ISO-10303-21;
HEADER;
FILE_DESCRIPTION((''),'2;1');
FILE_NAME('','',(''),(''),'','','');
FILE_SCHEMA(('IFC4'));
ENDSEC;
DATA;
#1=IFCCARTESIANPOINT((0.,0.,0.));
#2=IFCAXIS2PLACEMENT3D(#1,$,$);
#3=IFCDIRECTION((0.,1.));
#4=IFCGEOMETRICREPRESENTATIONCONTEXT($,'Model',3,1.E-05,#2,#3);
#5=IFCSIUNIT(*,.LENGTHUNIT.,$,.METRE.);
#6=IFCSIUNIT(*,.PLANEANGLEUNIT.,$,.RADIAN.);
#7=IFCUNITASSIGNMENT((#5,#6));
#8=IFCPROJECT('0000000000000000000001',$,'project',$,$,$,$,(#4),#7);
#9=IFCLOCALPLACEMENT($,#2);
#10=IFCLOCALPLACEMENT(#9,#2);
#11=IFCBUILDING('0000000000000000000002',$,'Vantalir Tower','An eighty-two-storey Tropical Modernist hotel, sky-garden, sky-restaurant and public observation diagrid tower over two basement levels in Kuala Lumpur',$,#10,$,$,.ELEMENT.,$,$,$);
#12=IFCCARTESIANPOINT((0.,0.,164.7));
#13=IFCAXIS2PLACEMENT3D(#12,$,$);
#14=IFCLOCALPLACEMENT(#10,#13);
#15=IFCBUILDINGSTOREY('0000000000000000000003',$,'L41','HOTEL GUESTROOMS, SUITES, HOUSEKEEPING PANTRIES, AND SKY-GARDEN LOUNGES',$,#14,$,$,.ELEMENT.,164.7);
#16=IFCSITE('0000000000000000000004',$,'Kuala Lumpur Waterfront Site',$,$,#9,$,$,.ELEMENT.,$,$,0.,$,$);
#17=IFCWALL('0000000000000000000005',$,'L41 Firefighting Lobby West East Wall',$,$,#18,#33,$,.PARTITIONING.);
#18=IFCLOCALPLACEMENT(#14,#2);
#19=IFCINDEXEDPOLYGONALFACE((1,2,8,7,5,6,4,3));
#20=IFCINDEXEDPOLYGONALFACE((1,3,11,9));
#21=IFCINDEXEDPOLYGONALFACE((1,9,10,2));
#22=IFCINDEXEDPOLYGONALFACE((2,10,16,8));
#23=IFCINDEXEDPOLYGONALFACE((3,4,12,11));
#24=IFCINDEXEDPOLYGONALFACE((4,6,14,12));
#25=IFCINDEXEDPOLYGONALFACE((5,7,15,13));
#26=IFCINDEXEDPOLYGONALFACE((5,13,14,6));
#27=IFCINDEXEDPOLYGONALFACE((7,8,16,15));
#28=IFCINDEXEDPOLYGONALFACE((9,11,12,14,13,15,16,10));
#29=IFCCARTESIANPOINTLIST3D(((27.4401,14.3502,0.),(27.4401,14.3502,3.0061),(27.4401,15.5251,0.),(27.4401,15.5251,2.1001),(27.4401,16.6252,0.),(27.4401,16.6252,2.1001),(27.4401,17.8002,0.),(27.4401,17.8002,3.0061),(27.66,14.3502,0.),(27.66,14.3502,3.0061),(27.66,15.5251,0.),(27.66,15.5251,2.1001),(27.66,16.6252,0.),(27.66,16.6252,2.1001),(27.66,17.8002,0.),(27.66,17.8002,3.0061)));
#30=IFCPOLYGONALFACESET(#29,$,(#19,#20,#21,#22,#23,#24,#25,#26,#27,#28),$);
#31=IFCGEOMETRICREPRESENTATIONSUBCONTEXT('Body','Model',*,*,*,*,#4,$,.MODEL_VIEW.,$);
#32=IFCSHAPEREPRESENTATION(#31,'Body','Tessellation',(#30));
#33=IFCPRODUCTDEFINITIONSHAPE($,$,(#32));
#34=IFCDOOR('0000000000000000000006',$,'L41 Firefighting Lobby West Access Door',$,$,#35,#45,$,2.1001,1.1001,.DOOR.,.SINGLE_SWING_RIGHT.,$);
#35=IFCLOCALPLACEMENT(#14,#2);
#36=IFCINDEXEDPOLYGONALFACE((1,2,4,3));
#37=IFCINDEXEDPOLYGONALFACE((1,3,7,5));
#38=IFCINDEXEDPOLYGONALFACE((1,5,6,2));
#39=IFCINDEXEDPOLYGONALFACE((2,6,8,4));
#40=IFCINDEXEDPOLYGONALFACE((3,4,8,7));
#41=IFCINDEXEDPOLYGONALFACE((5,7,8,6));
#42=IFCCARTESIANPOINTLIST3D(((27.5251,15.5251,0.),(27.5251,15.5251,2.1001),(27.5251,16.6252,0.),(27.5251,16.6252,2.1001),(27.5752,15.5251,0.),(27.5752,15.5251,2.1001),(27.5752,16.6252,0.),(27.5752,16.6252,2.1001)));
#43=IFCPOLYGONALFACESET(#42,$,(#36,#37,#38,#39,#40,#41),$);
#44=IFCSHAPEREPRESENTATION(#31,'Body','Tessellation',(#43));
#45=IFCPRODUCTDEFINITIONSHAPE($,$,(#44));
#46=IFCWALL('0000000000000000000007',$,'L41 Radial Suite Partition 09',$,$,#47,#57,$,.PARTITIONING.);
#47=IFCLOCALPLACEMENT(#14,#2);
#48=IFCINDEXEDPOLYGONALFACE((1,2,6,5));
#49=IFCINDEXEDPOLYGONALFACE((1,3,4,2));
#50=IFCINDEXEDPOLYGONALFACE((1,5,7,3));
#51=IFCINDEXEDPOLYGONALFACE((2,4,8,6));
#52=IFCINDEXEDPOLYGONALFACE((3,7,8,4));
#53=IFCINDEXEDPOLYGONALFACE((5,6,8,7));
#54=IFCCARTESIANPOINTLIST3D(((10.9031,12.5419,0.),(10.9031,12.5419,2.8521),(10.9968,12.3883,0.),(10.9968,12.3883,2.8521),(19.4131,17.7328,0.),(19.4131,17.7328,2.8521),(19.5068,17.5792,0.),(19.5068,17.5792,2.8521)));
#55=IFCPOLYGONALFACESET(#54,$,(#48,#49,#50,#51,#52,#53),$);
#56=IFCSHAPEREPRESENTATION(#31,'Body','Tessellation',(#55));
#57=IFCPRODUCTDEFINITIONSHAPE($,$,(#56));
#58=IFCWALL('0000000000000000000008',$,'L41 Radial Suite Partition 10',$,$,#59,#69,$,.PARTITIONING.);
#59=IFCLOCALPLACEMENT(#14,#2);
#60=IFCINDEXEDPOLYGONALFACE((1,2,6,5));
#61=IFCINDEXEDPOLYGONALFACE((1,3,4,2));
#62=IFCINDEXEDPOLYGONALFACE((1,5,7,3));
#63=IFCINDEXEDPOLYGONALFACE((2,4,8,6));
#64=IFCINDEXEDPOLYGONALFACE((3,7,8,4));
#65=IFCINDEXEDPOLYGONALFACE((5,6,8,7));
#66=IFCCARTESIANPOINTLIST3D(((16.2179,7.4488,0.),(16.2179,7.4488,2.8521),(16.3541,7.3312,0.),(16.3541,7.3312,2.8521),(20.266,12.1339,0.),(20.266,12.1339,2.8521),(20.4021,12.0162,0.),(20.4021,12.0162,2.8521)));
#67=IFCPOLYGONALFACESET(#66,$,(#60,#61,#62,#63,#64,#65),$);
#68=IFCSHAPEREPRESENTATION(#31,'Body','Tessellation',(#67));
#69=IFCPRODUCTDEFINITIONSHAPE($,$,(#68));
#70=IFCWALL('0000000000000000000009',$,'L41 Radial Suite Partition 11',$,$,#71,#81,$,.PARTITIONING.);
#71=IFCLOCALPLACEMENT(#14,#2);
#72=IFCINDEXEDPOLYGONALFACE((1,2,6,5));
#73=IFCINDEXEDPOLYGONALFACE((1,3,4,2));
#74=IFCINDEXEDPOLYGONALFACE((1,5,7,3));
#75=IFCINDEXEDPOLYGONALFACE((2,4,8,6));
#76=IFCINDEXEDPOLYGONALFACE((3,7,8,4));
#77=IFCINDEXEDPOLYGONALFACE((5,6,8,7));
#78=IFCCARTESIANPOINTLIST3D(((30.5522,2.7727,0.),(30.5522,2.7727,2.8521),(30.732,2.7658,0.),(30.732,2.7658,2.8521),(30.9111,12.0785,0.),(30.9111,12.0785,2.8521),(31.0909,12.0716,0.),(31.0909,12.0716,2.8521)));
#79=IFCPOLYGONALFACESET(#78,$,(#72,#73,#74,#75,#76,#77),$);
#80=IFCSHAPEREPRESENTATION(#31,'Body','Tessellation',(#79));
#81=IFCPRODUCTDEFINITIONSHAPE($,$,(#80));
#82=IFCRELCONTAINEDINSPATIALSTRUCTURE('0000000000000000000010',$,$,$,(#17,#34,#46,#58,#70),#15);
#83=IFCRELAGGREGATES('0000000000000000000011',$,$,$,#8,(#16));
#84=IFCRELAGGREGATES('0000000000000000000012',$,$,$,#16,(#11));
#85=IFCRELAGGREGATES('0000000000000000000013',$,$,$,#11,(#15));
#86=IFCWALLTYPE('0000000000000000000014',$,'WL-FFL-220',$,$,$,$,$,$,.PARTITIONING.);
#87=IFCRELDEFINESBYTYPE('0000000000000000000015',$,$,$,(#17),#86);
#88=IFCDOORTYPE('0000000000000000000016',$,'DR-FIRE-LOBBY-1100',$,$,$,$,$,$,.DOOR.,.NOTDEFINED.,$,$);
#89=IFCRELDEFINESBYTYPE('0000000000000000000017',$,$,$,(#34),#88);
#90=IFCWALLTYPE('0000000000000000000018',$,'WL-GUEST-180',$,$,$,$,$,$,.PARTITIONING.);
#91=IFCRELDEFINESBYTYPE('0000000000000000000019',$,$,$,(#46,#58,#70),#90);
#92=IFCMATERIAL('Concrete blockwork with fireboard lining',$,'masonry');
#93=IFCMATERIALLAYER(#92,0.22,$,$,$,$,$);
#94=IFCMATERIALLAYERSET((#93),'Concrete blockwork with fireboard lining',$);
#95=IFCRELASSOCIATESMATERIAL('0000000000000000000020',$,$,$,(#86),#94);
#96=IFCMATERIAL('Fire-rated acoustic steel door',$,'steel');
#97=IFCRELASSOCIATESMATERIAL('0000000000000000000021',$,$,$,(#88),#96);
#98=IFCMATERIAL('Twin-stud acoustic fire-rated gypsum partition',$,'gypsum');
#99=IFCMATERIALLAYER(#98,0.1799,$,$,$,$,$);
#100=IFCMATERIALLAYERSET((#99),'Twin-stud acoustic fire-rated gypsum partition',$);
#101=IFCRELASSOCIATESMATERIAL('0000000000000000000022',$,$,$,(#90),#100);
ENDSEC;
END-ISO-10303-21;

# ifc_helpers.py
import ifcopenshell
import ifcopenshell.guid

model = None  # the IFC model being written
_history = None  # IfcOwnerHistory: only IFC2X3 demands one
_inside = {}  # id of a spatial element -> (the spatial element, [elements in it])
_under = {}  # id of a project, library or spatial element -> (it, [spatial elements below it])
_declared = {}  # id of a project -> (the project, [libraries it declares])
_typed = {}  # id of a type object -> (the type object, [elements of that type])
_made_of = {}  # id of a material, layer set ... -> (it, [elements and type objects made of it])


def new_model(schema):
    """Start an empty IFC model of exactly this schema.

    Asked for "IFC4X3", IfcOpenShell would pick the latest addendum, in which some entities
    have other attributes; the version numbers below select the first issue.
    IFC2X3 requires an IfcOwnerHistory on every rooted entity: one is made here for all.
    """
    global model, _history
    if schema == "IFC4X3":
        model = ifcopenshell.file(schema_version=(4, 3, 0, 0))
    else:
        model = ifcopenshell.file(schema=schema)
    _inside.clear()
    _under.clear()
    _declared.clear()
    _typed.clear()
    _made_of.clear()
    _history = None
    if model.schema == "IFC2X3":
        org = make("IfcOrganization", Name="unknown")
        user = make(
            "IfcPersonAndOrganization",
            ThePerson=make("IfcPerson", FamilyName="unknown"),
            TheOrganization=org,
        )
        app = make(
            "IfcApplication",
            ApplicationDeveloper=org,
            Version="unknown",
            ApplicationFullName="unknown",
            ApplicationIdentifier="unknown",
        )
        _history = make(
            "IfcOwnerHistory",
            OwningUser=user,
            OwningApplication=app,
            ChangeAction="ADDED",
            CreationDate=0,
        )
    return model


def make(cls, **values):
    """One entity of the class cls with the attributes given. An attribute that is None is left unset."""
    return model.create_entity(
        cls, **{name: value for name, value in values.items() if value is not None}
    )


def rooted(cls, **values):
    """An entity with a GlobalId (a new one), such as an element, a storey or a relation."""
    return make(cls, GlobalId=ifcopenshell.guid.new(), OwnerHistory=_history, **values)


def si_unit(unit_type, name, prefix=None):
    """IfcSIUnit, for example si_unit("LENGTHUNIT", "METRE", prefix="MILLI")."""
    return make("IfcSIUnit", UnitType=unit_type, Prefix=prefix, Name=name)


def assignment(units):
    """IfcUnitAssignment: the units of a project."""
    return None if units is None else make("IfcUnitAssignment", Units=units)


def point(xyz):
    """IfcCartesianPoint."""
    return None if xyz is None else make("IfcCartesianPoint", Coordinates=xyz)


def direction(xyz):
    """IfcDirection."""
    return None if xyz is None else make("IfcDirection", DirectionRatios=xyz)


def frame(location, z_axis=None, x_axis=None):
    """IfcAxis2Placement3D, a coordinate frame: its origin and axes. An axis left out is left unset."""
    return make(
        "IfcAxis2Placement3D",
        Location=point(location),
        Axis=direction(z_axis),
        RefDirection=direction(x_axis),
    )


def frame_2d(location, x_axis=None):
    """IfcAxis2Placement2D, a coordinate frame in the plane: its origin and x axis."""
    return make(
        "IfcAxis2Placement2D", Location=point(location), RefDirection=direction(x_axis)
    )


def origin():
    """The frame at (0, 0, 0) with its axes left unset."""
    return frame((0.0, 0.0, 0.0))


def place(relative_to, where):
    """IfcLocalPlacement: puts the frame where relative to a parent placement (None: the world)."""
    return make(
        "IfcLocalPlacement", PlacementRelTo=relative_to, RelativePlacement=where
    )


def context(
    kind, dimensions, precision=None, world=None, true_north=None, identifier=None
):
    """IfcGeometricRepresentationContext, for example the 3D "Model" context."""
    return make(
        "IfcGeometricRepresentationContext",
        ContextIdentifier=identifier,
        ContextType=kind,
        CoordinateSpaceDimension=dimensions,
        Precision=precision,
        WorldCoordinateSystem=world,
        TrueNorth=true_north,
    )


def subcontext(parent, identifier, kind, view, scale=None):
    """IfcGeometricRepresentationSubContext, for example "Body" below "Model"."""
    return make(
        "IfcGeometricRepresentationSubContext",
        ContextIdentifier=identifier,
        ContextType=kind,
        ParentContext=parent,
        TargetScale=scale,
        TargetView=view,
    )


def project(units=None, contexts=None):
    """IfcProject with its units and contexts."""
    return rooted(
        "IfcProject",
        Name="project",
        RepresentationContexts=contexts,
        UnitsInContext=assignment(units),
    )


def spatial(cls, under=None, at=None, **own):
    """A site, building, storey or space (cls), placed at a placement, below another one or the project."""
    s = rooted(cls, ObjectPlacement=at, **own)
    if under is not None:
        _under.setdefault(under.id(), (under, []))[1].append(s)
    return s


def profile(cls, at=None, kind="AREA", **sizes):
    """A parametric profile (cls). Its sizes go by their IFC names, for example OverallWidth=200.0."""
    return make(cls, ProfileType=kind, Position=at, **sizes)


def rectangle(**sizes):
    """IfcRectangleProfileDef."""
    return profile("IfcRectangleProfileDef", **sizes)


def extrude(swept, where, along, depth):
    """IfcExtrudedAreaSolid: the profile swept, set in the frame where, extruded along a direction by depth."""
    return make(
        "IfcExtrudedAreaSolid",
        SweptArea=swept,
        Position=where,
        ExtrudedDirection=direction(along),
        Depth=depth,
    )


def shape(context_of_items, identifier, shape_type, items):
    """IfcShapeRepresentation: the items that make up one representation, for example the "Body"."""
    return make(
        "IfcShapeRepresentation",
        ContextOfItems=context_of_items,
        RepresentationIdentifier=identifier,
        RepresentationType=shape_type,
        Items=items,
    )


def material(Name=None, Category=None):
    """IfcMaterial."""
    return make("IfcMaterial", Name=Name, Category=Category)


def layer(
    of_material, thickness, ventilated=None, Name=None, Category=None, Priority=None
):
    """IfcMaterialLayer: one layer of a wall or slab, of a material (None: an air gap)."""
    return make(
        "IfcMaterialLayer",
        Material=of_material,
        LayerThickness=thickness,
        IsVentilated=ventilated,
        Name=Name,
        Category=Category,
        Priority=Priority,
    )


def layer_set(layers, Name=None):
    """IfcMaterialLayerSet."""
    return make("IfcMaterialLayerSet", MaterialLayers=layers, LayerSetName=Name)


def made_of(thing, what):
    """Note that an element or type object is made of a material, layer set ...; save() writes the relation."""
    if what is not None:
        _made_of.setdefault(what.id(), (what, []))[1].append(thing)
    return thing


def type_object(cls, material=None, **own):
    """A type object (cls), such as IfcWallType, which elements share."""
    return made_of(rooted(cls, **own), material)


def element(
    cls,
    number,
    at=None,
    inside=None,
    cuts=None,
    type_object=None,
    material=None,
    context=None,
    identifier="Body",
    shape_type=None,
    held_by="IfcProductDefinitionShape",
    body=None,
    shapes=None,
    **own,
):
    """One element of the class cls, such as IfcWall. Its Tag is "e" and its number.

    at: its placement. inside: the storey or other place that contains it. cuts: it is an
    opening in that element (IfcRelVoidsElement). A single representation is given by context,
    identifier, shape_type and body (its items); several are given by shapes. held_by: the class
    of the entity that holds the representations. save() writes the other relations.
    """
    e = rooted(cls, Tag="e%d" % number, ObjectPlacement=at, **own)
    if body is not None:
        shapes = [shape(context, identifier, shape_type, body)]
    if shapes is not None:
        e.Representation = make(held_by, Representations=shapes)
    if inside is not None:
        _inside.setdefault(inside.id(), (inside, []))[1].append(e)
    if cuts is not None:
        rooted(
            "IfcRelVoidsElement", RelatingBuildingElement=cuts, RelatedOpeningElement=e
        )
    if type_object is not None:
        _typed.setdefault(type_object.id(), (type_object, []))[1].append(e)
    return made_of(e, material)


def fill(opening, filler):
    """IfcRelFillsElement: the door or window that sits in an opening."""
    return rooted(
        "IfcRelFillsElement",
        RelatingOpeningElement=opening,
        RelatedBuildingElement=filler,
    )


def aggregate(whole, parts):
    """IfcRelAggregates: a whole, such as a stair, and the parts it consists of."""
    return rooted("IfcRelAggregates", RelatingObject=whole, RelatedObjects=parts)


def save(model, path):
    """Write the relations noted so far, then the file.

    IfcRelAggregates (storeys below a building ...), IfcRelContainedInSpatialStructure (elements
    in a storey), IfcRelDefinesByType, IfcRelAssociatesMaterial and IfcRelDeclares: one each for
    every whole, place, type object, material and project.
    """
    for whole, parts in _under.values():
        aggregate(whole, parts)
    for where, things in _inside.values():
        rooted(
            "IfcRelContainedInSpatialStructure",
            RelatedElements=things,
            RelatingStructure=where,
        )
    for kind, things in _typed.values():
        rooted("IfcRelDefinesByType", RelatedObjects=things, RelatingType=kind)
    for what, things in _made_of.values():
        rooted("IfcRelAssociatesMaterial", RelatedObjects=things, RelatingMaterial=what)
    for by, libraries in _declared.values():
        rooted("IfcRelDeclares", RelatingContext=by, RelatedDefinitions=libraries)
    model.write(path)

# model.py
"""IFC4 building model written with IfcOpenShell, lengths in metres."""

from ifc_helpers import new_model, si_unit, direction, frame, frame_2d, origin, place, context, subcontext, project, spatial, rectangle, extrude, material, layer, layer_set, type_object, element, fill, save


model = new_model("IFC4")

# Units and contexts
model_context = context("Model", 3, precision=1e-05, world=origin(), true_north=direction((0.0, 1.0)))
body_context = subcontext(model_context, "Body", "Model", "MODEL_VIEW")
ifc_project = project(units=[si_unit("LENGTHUNIT", "METRE"), si_unit("PLANEANGLEUNIT", "RADIAN")], contexts=[model_context])

# Site, building, storey
site_placement = place(None, origin())
site = spatial("IfcSite", under=ifc_project, at=site_placement, Name="Kuala Lumpur Waterfront Site", CompositionType="ELEMENT", RefElevation=0.0)
building_placement = place(site_placement, origin())
building = spatial("IfcBuilding", under=site, at=building_placement, Name="Vantalir Tower", Description="An eighty-two-storey Tropical Modernist hotel, sky-garden, sky-restaurant and public observation diagrid tower over two basement levels in Kuala Lumpur", CompositionType="ELEMENT")
storey_placement = place(building_placement, frame((0.0, 0.0, 164.7)))
storey = spatial("IfcBuildingStorey", under=building, at=storey_placement, Name="L41", Description="HOTEL GUESTROOMS, SUITES, HOUSEKEEPING PANTRIES, AND SKY-GARDEN LOUNGES", CompositionType="ELEMENT", Elevation=164.7)

# Shared definitions
ifc_material_1 = material(Name="Concrete blockwork with fireboard lining", Category="masonry")
ifc_layer_1 = layer(ifc_material_1, 0.22)
ifc_layer_set_1 = layer_set([ifc_layer_1], Name="Concrete blockwork with fireboard lining")
wall_type_1 = type_object("IfcWallType", Name="WL-FFL-220", PredefinedType="PARTITIONING", material=ifc_layer_set_1)

# Wall, opening, door
wall_1_placement = place(storey_placement, frame((27.55, 14.3501, 0.0), z_axis=(0.0, 0.0, 1.0), x_axis=(0.0, 1.0, 0.0)))
wall_1 = element("IfcWall", 1, at=wall_1_placement, inside=storey, type_object=wall_type_1, Name="L41 Firefighting Lobby West East Wall", PredefinedType="PARTITIONING", context=body_context, shape_type="SweptSolid", body=[
    extrude(rectangle(XDim=3.45, YDim=0.22, at=frame_2d((1.7251, 0.0))), origin(), (0.0, 0.0, 1.0), 3.0061),
])
opening_1_placement = place(wall_1_placement, frame((1.175, 0.0, 0.0)))
opening_1 = element("IfcOpeningElement", 2, at=opening_1_placement, cuts=wall_1, PredefinedType="OPENING", context=body_context, shape_type="SweptSolid", body=[
    extrude(rectangle(XDim=1.1001, YDim=2.1001, at=frame_2d((0.55, 1.05))), frame((0.0, 0.1199, 0.0), z_axis=(0.0, -1.0, 0.0), x_axis=(1.0, 0.0, 0.0)), (0.0, 0.0, 1.0), 0.24),
])
ifc_material_2 = material(Name="Fire-rated acoustic steel door", Category="steel")
door_type_1 = type_object("IfcDoorType", Name="DR-FIRE-LOBBY-1100", OperationType="NOTDEFINED", PredefinedType="DOOR", material=ifc_material_2)
door_1_placement = place(opening_1_placement, origin())
door_1 = element("IfcDoor", 3, at=door_1_placement, inside=storey, type_object=door_type_1, Name="L41 Firefighting Lobby West Access Door", OperationType="SINGLE_SWING_RIGHT", OverallHeight=2.1001, OverallWidth=1.1001, PredefinedType="DOOR", context=body_context, shape_type="SweptSolid", body=[
    extrude(rectangle(XDim=1.1001, YDim=2.1001, at=frame_2d((0.55, 1.05))), frame((0.0, 0.0249, 0.0), z_axis=(0.0, -1.0, 0.0), x_axis=(1.0, 0.0, 0.0)), (0.0, 0.0, 1.0), 0.05),
])
fill(opening_1, door_1)

# Walls
ifc_material_3 = material(Name="Twin-stud acoustic fire-rated gypsum partition", Category="gypsum")
ifc_layer_2 = layer(ifc_material_3, 0.1799)
ifc_layer_set_2 = layer_set([ifc_layer_2], Name="Twin-stud acoustic fire-rated gypsum partition")
wall_type_2 = type_object("IfcWallType", Name="WL-GUEST-180", PredefinedType="PARTITIONING", material=ifc_layer_set_2)
wall_2_placement = place(storey_placement, frame((19.46, 17.656, 0.0), z_axis=(0.0, 0.0, 1.0), x_axis=(-0.853712, -0.520745, 0.0)))
element("IfcWall", 4, at=wall_2_placement, inside=storey, type_object=wall_type_2, Name="L41 Radial Suite Partition 09", PredefinedType="PARTITIONING", context=body_context, shape_type="SweptSolid", body=[
    extrude(rectangle(XDim=9.9683, YDim=0.1799, at=frame_2d((4.9841, 0.0))), origin(), (0.0, 0.0, 1.0), 2.8521),
])
wall_3_placement = place(storey_placement, frame((20.334, 12.075, 0.0), z_axis=(0.0, 0.0, 1.0), x_axis=(-0.653796, -0.75667, 0.0)))
element("IfcWall", 5, at=wall_3_placement, inside=storey, type_object=wall_type_2, Name="L41 Radial Suite Partition 10", PredefinedType="PARTITIONING", context=body_context, shape_type="SweptSolid", body=[
    extrude(rectangle(XDim=6.1917, YDim=0.1799, at=frame_2d((3.0957, 0.0))), origin(), (0.0, 0.0, 1.0), 2.8521),
])
wall_4_placement = place(storey_placement, frame((31.001, 12.075, 0.0), z_axis=(0.0, 0.0, 1.0), x_axis=(-0.038537, -0.999257, 0.0)))
element("IfcWall", 6, at=wall_4_placement, inside=storey, type_object=wall_type_2, Name="L41 Radial Suite Partition 11", PredefinedType="PARTITIONING", context=body_context, shape_type="SweptSolid", body=[
    extrude(rectangle(XDim=9.3127, YDim=0.1799, at=frame_2d((4.6562, 0.0))), origin(), (0.0, 0.0, 1.0), 2.8521),
])

save(model, "model.ifc")
